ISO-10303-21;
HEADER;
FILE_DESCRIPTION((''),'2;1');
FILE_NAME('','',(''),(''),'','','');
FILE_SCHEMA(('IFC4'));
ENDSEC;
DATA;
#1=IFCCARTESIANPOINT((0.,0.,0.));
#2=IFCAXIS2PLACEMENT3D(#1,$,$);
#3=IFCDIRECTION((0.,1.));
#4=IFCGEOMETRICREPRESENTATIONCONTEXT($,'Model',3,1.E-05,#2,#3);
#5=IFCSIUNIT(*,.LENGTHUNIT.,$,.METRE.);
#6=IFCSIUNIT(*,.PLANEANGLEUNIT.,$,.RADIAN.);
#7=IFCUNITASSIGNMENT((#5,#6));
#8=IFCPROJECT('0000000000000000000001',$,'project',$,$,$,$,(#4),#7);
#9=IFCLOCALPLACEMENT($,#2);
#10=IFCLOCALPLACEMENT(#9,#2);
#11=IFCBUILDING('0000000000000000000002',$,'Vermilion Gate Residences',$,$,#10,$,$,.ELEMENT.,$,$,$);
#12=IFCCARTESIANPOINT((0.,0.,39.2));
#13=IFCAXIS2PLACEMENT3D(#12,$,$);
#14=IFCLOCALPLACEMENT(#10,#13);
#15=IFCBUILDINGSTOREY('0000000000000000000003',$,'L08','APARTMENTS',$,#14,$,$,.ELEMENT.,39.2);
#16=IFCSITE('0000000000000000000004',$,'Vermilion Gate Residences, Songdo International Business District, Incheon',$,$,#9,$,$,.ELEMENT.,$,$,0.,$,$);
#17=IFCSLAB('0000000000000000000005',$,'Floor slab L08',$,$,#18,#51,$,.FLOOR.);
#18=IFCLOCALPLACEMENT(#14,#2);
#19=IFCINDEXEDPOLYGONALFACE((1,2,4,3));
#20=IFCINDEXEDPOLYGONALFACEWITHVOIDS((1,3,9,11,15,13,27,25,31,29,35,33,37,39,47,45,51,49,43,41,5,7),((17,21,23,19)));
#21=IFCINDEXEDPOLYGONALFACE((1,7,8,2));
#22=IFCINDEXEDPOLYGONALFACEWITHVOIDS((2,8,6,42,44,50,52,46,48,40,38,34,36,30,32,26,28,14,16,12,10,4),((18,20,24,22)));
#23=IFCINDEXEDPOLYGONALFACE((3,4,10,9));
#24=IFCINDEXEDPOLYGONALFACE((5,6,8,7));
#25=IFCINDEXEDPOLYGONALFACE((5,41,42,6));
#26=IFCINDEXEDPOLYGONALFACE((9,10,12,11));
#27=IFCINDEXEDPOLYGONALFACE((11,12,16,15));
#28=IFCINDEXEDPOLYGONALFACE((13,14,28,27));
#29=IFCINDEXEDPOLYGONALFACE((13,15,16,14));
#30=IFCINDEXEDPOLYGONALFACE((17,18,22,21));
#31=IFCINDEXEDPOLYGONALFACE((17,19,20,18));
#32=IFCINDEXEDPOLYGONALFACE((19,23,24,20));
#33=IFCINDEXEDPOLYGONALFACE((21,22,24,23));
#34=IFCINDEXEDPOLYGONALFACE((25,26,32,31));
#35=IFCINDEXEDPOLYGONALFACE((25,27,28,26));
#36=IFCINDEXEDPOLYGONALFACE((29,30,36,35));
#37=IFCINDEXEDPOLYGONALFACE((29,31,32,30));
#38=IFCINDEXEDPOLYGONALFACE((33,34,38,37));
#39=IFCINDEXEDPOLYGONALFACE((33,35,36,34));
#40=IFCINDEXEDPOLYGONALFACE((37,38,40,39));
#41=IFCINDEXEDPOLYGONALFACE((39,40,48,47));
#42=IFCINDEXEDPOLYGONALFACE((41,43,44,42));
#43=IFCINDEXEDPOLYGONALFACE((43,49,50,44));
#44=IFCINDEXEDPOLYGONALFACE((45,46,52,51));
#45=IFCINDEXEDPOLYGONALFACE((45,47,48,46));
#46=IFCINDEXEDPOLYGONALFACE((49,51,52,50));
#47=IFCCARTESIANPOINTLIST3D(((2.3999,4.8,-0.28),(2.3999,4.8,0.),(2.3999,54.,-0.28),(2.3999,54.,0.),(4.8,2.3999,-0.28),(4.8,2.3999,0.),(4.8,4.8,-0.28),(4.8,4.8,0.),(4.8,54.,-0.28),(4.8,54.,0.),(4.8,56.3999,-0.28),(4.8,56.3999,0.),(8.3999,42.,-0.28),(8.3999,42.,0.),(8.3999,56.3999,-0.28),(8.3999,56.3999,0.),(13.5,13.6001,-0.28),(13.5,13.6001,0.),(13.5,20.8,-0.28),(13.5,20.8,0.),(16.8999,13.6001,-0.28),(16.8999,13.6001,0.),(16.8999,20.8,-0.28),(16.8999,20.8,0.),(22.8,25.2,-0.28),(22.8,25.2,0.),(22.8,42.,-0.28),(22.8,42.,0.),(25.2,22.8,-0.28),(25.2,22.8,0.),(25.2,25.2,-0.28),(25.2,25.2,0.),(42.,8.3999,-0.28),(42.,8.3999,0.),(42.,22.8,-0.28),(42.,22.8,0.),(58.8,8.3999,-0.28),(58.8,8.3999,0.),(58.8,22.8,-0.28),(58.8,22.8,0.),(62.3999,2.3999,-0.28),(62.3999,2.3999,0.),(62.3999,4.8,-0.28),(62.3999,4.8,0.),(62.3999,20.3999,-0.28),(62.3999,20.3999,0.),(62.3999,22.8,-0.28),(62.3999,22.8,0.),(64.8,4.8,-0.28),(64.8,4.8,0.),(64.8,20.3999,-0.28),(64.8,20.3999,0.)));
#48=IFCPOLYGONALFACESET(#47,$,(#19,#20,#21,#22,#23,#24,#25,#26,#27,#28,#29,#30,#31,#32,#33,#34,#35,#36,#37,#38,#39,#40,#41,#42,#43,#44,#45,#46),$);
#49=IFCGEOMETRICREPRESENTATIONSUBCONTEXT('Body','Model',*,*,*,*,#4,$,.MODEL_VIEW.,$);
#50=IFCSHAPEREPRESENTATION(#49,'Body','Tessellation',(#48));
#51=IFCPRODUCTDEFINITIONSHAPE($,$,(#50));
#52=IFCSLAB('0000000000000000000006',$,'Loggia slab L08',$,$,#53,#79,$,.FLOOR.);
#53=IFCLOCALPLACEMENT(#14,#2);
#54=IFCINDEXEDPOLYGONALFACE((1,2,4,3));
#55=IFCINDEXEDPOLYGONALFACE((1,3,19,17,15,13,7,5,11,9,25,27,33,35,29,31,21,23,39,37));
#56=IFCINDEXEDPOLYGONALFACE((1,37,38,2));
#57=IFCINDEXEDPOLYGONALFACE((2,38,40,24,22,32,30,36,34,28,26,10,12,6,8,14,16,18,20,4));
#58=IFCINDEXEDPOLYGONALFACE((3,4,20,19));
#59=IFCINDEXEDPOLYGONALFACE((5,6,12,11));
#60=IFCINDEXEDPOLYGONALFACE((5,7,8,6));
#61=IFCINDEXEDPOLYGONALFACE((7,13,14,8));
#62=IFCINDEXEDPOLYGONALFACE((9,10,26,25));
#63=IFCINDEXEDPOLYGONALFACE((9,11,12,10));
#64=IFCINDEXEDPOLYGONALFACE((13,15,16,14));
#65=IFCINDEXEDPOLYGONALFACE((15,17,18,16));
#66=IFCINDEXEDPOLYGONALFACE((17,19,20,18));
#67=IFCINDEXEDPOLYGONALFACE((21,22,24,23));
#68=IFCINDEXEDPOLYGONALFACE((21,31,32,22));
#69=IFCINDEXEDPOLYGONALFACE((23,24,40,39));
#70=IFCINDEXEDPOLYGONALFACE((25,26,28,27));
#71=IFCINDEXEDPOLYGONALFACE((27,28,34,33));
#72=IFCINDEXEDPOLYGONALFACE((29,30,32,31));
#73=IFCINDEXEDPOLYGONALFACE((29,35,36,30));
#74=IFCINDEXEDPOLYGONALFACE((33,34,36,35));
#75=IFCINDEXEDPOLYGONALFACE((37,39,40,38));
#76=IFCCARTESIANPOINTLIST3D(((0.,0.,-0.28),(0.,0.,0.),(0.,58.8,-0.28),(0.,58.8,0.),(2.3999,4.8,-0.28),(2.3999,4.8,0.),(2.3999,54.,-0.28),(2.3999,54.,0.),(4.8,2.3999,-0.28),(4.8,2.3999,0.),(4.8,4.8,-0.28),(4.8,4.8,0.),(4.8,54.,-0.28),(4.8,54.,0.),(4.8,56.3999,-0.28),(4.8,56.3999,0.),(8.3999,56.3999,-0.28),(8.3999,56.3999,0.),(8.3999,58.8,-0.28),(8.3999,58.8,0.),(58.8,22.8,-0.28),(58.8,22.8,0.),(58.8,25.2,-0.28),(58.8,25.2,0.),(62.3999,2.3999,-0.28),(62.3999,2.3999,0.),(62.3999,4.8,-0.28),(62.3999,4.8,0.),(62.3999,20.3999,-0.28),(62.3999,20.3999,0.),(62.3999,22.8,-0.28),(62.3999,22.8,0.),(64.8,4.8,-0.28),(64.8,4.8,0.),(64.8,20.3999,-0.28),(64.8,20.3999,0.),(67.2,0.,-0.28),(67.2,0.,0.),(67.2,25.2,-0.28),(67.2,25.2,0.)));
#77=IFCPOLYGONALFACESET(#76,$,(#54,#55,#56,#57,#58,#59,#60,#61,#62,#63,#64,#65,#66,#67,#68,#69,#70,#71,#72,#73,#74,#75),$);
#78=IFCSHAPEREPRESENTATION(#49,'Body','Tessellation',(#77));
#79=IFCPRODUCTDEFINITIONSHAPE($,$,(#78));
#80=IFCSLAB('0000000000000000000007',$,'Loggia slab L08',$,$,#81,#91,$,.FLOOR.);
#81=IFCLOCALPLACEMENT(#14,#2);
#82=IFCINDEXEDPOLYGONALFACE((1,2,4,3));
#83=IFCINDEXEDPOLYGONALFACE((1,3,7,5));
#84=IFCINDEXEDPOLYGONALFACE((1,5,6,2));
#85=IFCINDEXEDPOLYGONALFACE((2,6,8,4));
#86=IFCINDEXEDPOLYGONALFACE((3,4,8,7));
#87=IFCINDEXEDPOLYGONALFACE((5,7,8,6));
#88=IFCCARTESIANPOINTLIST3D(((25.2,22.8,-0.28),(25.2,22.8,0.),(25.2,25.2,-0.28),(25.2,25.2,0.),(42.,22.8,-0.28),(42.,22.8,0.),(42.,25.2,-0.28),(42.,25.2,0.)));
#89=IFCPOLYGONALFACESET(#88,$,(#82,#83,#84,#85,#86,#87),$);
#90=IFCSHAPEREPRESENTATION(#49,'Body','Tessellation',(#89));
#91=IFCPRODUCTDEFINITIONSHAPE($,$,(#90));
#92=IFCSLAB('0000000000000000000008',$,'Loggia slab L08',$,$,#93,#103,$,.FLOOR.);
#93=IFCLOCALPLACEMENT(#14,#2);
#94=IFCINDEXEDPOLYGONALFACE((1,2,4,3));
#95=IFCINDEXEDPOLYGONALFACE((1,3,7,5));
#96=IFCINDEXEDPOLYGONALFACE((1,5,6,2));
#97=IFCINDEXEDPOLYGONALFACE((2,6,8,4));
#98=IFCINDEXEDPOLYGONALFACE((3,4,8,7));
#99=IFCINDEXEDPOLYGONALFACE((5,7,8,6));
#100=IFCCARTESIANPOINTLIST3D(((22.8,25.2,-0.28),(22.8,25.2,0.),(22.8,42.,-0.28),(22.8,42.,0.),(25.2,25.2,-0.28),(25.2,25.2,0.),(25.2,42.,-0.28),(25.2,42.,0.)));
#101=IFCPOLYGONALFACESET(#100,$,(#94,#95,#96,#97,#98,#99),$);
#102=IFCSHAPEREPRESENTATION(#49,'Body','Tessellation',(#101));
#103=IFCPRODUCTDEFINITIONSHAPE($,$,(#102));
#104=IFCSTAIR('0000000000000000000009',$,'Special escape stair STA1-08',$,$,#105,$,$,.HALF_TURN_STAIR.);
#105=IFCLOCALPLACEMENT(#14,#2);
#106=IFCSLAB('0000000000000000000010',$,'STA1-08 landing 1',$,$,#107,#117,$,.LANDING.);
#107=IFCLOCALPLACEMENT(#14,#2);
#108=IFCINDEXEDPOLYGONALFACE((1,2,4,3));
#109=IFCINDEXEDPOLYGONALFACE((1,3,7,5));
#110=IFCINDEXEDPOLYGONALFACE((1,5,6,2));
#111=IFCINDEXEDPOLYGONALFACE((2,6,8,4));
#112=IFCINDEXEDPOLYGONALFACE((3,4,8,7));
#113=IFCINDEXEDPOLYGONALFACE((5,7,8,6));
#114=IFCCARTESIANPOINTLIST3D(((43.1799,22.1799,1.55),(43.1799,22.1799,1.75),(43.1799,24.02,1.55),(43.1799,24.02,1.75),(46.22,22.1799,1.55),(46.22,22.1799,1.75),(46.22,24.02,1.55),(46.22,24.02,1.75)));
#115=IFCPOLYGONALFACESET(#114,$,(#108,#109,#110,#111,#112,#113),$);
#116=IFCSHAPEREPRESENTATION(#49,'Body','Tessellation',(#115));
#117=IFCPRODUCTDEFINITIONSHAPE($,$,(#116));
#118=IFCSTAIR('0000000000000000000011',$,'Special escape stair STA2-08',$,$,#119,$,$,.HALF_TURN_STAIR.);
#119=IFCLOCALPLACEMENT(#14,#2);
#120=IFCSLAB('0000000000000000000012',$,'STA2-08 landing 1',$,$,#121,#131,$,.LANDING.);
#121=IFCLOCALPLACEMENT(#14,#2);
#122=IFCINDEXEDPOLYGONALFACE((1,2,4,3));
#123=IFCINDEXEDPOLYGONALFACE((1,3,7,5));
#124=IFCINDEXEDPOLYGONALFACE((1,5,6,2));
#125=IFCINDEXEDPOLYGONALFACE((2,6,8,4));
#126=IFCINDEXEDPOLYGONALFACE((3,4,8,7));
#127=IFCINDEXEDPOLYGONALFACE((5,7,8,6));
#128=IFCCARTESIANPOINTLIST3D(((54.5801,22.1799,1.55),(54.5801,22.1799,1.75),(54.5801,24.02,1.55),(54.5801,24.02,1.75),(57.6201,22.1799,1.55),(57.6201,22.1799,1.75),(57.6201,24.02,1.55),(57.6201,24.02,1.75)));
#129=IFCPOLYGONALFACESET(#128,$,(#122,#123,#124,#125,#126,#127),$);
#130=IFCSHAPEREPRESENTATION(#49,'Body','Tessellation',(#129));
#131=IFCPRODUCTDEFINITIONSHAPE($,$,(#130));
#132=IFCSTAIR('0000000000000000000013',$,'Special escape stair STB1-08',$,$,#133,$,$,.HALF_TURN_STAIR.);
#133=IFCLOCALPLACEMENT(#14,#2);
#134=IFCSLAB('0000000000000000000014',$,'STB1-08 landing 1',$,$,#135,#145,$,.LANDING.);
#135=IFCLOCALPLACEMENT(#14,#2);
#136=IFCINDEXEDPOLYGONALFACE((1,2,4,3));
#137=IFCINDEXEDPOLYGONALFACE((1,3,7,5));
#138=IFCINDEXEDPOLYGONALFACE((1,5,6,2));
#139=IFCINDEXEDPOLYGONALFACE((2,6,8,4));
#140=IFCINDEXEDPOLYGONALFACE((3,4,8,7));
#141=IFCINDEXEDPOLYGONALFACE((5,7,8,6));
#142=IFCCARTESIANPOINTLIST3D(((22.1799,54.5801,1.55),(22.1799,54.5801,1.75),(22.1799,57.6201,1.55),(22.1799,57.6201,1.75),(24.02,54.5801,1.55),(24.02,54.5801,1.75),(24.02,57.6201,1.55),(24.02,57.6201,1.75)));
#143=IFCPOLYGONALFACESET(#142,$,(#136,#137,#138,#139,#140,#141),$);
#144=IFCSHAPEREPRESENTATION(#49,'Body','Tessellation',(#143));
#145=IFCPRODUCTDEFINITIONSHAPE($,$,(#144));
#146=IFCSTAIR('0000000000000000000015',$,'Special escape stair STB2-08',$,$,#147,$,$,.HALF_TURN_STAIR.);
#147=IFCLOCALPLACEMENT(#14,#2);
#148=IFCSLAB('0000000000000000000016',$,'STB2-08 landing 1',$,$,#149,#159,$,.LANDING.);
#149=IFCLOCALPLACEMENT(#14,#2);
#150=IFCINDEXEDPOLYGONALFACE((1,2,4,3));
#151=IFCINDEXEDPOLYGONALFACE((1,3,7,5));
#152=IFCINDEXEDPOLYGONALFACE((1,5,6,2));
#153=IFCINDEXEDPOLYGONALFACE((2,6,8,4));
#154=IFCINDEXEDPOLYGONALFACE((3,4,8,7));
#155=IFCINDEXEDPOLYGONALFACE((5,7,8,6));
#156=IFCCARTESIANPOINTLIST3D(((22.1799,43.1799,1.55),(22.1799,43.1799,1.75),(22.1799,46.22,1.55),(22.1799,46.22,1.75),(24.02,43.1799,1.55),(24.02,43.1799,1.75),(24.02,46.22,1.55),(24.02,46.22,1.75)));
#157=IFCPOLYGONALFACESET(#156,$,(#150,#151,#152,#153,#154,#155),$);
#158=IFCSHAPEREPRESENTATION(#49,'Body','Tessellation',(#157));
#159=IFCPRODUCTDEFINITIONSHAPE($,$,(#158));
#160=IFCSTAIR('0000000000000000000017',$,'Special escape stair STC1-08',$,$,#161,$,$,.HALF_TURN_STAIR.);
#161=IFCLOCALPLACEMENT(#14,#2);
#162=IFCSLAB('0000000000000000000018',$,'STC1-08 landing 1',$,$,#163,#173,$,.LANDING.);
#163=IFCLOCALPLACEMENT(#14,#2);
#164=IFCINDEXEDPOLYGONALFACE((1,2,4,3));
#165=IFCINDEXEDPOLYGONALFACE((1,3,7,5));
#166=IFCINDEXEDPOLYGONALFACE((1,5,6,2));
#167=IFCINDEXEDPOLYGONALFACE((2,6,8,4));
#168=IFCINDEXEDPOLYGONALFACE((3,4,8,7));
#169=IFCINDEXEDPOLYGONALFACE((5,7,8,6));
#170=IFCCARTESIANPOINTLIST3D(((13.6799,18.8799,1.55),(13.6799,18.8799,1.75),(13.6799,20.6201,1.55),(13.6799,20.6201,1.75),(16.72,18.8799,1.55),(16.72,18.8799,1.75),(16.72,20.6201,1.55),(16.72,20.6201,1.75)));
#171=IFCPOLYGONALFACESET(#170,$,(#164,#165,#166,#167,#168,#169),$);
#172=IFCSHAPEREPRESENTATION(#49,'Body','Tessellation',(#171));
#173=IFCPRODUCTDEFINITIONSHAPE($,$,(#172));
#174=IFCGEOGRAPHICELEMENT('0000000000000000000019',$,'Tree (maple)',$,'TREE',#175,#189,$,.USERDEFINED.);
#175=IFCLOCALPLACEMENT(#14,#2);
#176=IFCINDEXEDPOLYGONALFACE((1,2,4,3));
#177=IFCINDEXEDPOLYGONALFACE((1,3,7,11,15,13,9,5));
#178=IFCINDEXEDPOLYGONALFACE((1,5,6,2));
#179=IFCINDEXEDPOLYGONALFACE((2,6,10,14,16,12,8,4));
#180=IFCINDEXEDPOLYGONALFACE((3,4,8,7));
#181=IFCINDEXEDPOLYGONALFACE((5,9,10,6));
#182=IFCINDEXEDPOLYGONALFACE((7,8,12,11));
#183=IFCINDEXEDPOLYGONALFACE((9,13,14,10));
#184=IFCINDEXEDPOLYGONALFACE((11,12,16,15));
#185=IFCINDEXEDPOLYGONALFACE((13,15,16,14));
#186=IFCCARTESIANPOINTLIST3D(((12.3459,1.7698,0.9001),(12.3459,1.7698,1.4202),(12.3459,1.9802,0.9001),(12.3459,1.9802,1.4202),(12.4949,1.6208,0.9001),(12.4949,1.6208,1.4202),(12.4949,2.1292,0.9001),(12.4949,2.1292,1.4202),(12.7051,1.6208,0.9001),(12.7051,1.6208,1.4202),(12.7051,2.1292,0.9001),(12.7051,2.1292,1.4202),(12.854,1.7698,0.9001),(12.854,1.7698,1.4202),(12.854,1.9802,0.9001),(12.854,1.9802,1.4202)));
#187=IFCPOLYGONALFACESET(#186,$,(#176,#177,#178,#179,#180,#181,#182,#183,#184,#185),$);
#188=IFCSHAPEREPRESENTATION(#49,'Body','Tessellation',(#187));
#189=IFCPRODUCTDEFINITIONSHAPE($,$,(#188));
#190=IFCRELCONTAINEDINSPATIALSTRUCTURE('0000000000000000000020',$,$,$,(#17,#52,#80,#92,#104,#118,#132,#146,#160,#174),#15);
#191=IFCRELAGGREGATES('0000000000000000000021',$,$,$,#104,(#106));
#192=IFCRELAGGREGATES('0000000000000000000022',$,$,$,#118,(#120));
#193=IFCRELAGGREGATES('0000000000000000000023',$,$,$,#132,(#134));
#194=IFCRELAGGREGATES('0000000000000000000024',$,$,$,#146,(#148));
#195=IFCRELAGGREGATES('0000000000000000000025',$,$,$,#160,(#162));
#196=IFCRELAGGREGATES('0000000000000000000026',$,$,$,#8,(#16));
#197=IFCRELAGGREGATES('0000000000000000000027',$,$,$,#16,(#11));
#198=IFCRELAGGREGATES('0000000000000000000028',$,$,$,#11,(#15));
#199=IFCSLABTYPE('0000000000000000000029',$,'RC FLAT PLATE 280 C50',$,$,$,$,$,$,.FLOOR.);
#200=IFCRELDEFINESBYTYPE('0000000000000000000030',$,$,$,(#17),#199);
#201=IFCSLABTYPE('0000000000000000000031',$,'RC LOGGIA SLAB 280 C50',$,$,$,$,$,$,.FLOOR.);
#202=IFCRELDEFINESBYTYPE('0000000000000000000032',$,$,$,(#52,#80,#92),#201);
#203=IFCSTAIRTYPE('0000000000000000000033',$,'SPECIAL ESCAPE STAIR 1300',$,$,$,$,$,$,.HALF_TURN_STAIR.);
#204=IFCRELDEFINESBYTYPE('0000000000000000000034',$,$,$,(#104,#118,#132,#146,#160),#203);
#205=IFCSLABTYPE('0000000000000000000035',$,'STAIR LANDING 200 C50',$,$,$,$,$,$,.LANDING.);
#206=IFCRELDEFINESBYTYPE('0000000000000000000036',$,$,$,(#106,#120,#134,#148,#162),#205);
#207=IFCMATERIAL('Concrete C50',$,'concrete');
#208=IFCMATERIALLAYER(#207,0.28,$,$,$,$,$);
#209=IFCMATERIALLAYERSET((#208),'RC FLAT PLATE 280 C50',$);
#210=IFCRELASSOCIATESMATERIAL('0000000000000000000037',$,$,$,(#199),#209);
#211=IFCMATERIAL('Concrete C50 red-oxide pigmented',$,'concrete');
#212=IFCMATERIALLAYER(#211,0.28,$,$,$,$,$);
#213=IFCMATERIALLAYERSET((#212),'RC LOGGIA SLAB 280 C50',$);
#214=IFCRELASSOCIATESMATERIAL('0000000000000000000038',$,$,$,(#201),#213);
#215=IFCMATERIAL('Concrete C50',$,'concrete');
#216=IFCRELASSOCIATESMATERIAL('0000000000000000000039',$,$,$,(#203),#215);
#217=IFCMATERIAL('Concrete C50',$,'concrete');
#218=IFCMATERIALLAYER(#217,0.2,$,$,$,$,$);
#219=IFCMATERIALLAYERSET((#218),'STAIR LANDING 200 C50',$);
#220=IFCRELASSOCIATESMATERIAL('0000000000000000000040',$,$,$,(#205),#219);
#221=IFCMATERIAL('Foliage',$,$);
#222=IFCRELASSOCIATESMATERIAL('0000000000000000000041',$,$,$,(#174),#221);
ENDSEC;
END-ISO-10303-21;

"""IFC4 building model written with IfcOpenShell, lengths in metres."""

from ifc_helpers import new_model, si_unit, direction, frame, origin, place, context, subcontext, project, spatial, polyline, outline, extrude, material, layer, layer_set, type_object, element, aggregate, save


model = new_model("IFC4")

# Units and contexts
model_context = context("Model", 3, precision=1e-05, world=origin(), true_north=direction((0.0, 1.0)))
body_context = subcontext(model_context, "Body", "Model", "MODEL_VIEW")
ifc_project = project(units=[si_unit("LENGTHUNIT", "METRE"), si_unit("PLANEANGLEUNIT", "RADIAN")], contexts=[model_context])

# Site, building, storey
site_placement = place(None, origin())
site = spatial("IfcSite", under=ifc_project, at=site_placement, Name="Vermilion Gate Residences, Songdo International Business District, Incheon", CompositionType="ELEMENT", RefElevation=0.0)
building_placement = place(site_placement, origin())
building = spatial("IfcBuilding", under=site, at=building_placement, Name="Vermilion Gate Residences", CompositionType="ELEMENT")
storey_placement = place(building_placement, frame((0.0, 0.0, 39.2)))
storey = spatial("IfcBuildingStorey", under=building, at=storey_placement, Name="L08", Description="APARTMENTS", CompositionType="ELEMENT", Elevation=39.2)

# Slabs
ifc_material_1 = material(Name="Concrete C50", Category="concrete")
ifc_layer_1 = layer(ifc_material_1, 0.28)
ifc_layer_set_1 = layer_set([ifc_layer_1], Name="RC FLAT PLATE 280 C50")
slab_type_1 = type_object("IfcSlabType", Name="RC FLAT PLATE 280 C50", PredefinedType="FLOOR", material=ifc_layer_set_1)
slab_1_placement = place(storey_placement, frame((0.0, 0.0, -0.28)))
element("IfcSlab", 1, at=slab_1_placement, inside=storey, type_object=slab_type_1, Name="Floor slab L08", PredefinedType="FLOOR", context=body_context, shape_type="SweptSolid", body=[
    extrude(outline(polyline([(22.8, 25.2), (22.8, 42.0), (8.3999, 42.0), (8.3999, 56.3999), (4.8, 56.3999), (4.8, 54.0), (2.3999, 54.0), (2.3999, 4.8), (4.8, 4.8), (4.8, 2.3999), (62.3999, 2.3999), (62.3999, 4.8), (64.8, 4.8), (64.8, 20.3999), (62.3999, 20.3999), (62.3999, 22.8), (58.8, 22.8), (58.8, 8.3999), (42.0, 8.3999), (42.0, 22.8), (25.2, 22.8), (25.2, 25.2), (22.8, 25.2)]), holes=[polyline([(13.5, 13.6001), (13.5, 20.8), (16.8999, 20.8), (16.8999, 13.6001), (13.5, 13.6001)])]), origin(), (0.0, 0.0, 1.0), 0.28),
])
ifc_material_2 = material(Name="Concrete C50 red-oxide pigmented", Category="concrete")
ifc_layer_2 = layer(ifc_material_2, 0.28)
ifc_layer_set_2 = layer_set([ifc_layer_2], Name="RC LOGGIA SLAB 280 C50")
slab_type_2 = type_object("IfcSlabType", Name="RC LOGGIA SLAB 280 C50", PredefinedType="FLOOR", material=ifc_layer_set_2)
slab_2_placement = place(storey_placement, frame((0.0, 0.0, -0.28)))
element("IfcSlab", 2, at=slab_2_placement, inside=storey, type_object=slab_type_2, Name="Loggia slab L08", PredefinedType="FLOOR", context=body_context, shape_type="SweptSolid", body=[
    extrude(outline(polyline([(0.0, 58.8), (0.0, 0.0), (67.2, 0.0), (67.2, 25.2), (58.8, 25.2), (58.8, 22.8), (62.3999, 22.8), (62.3999, 20.3999), (64.8, 20.3999), (64.8, 4.8), (62.3999, 4.8), (62.3999, 2.3999), (4.8, 2.3999), (4.8, 4.8), (2.3999, 4.8), (2.3999, 54.0), (4.8, 54.0), (4.8, 56.3999), (8.3999, 56.3999), (8.3999, 58.8), (0.0, 58.8)])), origin(), (0.0, 0.0, 1.0), 0.28),
])
slab_3_placement = place(storey_placement, frame((0.0, 0.0, -0.28)))
element("IfcSlab", 3, at=slab_3_placement, inside=storey, type_object=slab_type_2, Name="Loggia slab L08", PredefinedType="FLOOR", context=body_context, shape_type="SweptSolid", body=[
    extrude(outline(polyline([(25.2, 22.8), (42.0, 22.8), (42.0, 25.2), (25.2, 25.2), (25.2, 22.8)])), origin(), (0.0, 0.0, 1.0), 0.28),
])
slab_4_placement = place(storey_placement, frame((0.0, 0.0, -0.28)))
element("IfcSlab", 4, at=slab_4_placement, inside=storey, type_object=slab_type_2, Name="Loggia slab L08", PredefinedType="FLOOR", context=body_context, shape_type="SweptSolid", body=[
    extrude(outline(polyline([(22.8, 42.0), (22.8, 25.2), (25.2, 25.2), (25.2, 42.0), (22.8, 42.0)])), origin(), (0.0, 0.0, 1.0), 0.28),
])

# Stairs, slabs
ifc_material_3 = material(Name="Concrete C50", Category="concrete")
stair_type = type_object("IfcStairType", Name="SPECIAL ESCAPE STAIR 1300", PredefinedType="HALF_TURN_STAIR", material=ifc_material_3)
stair_1_placement = place(storey_placement, origin())
stair_1 = element("IfcStair", 5, at=stair_1_placement, inside=storey, type_object=stair_type, Name="Special escape stair STA1-08", PredefinedType="HALF_TURN_STAIR")
ifc_material_4 = material(Name="Concrete C50", Category="concrete")
ifc_layer_3 = layer(ifc_material_4, 0.2)
ifc_layer_set_3 = layer_set([ifc_layer_3], Name="STAIR LANDING 200 C50")
slab_type_3 = type_object("IfcSlabType", Name="STAIR LANDING 200 C50", PredefinedType="LANDING", material=ifc_layer_set_3)
slab_5_placement = place(storey_placement, frame((0.0, 0.0, 1.55)))
slab_5 = element("IfcSlab", 6, at=slab_5_placement, type_object=slab_type_3, Name="STA1-08 landing 1", PredefinedType="LANDING", context=body_context, shape_type="SweptSolid", body=[
    extrude(outline(polyline([(46.22, 22.1799), (46.22, 24.02), (43.1799, 24.02), (43.1799, 22.1799), (46.22, 22.1799)])), origin(), (0.0, 0.0, 1.0), 0.2),
])
aggregate(stair_1, [slab_5])
stair_2_placement = place(storey_placement, origin())
stair_2 = element("IfcStair", 7, at=stair_2_placement, inside=storey, type_object=stair_type, Name="Special escape stair STA2-08", PredefinedType="HALF_TURN_STAIR")
slab_6_placement = place(storey_placement, frame((0.0, 0.0, 1.55)))
slab_6 = element("IfcSlab", 8, at=slab_6_placement, type_object=slab_type_3, Name="STA2-08 landing 1", PredefinedType="LANDING", context=body_context, shape_type="SweptSolid", body=[
    extrude(outline(polyline([(57.6201, 22.1799), (57.6201, 24.02), (54.5801, 24.02), (54.5801, 22.1799), (57.6201, 22.1799)])), origin(), (0.0, 0.0, 1.0), 0.2),
])
aggregate(stair_2, [slab_6])
stair_3_placement = place(storey_placement, origin())
stair_3 = element("IfcStair", 9, at=stair_3_placement, inside=storey, type_object=stair_type, Name="Special escape stair STB1-08", PredefinedType="HALF_TURN_STAIR")
slab_7_placement = place(storey_placement, frame((0.0, 0.0, 1.55)))
slab_7 = element("IfcSlab", 10, at=slab_7_placement, type_object=slab_type_3, Name="STB1-08 landing 1", PredefinedType="LANDING", context=body_context, shape_type="SweptSolid", body=[
    extrude(outline(polyline([(24.02, 54.5801), (24.02, 57.6201), (22.1799, 57.6201), (22.1799, 54.5801), (24.02, 54.5801)])), origin(), (0.0, 0.0, 1.0), 0.2),
])
aggregate(stair_3, [slab_7])
stair_4_placement = place(storey_placement, origin())
stair_4 = element("IfcStair", 11, at=stair_4_placement, inside=storey, type_object=stair_type, Name="Special escape stair STB2-08", PredefinedType="HALF_TURN_STAIR")
slab_8_placement = place(storey_placement, frame((0.0, 0.0, 1.55)))
slab_8 = element("IfcSlab", 12, at=slab_8_placement, type_object=slab_type_3, Name="STB2-08 landing 1", PredefinedType="LANDING", context=body_context, shape_type="SweptSolid", body=[
    extrude(outline(polyline([(24.02, 43.1799), (24.02, 46.22), (22.1799, 46.22), (22.1799, 43.1799), (24.02, 43.1799)])), origin(), (0.0, 0.0, 1.0), 0.2),
])
aggregate(stair_4, [slab_8])
stair_5_placement = place(storey_placement, origin())
stair_5 = element("IfcStair", 13, at=stair_5_placement, inside=storey, type_object=stair_type, Name="Special escape stair STC1-08", PredefinedType="HALF_TURN_STAIR")
slab_9_placement = place(storey_placement, frame((0.0, 0.0, 1.55)))
slab_9 = element("IfcSlab", 14, at=slab_9_placement, type_object=slab_type_3, Name="STC1-08 landing 1", PredefinedType="LANDING", context=body_context, shape_type="SweptSolid", body=[
    extrude(outline(polyline([(16.72, 18.8799), (16.72, 20.6201), (13.6799, 20.6201), (13.6799, 18.8799), (16.72, 18.8799)])), origin(), (0.0, 0.0, 1.0), 0.2),
])
aggregate(stair_5, [slab_9])

# Geographic element
ifc_material_5 = material(Name="Foliage")
geographic_element_1_placement = place(storey_placement, frame((0.0, 0.0, 0.9001)))
element("IfcGeographicElement", 15, at=geographic_element_1_placement, inside=storey, material=ifc_material_5, Name="Tree (maple)", ObjectType="TREE", PredefinedType="USERDEFINED", context=body_context, shape_type="SweptSolid", body=[
    extrude(outline(polyline([(12.854, 1.9802), (12.7051, 2.1292), (12.4949, 2.1292), (12.3459, 1.9802), (12.3459, 1.7698), (12.4949, 1.6208), (12.7051, 1.6208), (12.854, 1.7698), (12.854, 1.9802)])), origin(), (0.0, 0.0, 1.0), 0.52),
])

save(model, "model.ifc")
